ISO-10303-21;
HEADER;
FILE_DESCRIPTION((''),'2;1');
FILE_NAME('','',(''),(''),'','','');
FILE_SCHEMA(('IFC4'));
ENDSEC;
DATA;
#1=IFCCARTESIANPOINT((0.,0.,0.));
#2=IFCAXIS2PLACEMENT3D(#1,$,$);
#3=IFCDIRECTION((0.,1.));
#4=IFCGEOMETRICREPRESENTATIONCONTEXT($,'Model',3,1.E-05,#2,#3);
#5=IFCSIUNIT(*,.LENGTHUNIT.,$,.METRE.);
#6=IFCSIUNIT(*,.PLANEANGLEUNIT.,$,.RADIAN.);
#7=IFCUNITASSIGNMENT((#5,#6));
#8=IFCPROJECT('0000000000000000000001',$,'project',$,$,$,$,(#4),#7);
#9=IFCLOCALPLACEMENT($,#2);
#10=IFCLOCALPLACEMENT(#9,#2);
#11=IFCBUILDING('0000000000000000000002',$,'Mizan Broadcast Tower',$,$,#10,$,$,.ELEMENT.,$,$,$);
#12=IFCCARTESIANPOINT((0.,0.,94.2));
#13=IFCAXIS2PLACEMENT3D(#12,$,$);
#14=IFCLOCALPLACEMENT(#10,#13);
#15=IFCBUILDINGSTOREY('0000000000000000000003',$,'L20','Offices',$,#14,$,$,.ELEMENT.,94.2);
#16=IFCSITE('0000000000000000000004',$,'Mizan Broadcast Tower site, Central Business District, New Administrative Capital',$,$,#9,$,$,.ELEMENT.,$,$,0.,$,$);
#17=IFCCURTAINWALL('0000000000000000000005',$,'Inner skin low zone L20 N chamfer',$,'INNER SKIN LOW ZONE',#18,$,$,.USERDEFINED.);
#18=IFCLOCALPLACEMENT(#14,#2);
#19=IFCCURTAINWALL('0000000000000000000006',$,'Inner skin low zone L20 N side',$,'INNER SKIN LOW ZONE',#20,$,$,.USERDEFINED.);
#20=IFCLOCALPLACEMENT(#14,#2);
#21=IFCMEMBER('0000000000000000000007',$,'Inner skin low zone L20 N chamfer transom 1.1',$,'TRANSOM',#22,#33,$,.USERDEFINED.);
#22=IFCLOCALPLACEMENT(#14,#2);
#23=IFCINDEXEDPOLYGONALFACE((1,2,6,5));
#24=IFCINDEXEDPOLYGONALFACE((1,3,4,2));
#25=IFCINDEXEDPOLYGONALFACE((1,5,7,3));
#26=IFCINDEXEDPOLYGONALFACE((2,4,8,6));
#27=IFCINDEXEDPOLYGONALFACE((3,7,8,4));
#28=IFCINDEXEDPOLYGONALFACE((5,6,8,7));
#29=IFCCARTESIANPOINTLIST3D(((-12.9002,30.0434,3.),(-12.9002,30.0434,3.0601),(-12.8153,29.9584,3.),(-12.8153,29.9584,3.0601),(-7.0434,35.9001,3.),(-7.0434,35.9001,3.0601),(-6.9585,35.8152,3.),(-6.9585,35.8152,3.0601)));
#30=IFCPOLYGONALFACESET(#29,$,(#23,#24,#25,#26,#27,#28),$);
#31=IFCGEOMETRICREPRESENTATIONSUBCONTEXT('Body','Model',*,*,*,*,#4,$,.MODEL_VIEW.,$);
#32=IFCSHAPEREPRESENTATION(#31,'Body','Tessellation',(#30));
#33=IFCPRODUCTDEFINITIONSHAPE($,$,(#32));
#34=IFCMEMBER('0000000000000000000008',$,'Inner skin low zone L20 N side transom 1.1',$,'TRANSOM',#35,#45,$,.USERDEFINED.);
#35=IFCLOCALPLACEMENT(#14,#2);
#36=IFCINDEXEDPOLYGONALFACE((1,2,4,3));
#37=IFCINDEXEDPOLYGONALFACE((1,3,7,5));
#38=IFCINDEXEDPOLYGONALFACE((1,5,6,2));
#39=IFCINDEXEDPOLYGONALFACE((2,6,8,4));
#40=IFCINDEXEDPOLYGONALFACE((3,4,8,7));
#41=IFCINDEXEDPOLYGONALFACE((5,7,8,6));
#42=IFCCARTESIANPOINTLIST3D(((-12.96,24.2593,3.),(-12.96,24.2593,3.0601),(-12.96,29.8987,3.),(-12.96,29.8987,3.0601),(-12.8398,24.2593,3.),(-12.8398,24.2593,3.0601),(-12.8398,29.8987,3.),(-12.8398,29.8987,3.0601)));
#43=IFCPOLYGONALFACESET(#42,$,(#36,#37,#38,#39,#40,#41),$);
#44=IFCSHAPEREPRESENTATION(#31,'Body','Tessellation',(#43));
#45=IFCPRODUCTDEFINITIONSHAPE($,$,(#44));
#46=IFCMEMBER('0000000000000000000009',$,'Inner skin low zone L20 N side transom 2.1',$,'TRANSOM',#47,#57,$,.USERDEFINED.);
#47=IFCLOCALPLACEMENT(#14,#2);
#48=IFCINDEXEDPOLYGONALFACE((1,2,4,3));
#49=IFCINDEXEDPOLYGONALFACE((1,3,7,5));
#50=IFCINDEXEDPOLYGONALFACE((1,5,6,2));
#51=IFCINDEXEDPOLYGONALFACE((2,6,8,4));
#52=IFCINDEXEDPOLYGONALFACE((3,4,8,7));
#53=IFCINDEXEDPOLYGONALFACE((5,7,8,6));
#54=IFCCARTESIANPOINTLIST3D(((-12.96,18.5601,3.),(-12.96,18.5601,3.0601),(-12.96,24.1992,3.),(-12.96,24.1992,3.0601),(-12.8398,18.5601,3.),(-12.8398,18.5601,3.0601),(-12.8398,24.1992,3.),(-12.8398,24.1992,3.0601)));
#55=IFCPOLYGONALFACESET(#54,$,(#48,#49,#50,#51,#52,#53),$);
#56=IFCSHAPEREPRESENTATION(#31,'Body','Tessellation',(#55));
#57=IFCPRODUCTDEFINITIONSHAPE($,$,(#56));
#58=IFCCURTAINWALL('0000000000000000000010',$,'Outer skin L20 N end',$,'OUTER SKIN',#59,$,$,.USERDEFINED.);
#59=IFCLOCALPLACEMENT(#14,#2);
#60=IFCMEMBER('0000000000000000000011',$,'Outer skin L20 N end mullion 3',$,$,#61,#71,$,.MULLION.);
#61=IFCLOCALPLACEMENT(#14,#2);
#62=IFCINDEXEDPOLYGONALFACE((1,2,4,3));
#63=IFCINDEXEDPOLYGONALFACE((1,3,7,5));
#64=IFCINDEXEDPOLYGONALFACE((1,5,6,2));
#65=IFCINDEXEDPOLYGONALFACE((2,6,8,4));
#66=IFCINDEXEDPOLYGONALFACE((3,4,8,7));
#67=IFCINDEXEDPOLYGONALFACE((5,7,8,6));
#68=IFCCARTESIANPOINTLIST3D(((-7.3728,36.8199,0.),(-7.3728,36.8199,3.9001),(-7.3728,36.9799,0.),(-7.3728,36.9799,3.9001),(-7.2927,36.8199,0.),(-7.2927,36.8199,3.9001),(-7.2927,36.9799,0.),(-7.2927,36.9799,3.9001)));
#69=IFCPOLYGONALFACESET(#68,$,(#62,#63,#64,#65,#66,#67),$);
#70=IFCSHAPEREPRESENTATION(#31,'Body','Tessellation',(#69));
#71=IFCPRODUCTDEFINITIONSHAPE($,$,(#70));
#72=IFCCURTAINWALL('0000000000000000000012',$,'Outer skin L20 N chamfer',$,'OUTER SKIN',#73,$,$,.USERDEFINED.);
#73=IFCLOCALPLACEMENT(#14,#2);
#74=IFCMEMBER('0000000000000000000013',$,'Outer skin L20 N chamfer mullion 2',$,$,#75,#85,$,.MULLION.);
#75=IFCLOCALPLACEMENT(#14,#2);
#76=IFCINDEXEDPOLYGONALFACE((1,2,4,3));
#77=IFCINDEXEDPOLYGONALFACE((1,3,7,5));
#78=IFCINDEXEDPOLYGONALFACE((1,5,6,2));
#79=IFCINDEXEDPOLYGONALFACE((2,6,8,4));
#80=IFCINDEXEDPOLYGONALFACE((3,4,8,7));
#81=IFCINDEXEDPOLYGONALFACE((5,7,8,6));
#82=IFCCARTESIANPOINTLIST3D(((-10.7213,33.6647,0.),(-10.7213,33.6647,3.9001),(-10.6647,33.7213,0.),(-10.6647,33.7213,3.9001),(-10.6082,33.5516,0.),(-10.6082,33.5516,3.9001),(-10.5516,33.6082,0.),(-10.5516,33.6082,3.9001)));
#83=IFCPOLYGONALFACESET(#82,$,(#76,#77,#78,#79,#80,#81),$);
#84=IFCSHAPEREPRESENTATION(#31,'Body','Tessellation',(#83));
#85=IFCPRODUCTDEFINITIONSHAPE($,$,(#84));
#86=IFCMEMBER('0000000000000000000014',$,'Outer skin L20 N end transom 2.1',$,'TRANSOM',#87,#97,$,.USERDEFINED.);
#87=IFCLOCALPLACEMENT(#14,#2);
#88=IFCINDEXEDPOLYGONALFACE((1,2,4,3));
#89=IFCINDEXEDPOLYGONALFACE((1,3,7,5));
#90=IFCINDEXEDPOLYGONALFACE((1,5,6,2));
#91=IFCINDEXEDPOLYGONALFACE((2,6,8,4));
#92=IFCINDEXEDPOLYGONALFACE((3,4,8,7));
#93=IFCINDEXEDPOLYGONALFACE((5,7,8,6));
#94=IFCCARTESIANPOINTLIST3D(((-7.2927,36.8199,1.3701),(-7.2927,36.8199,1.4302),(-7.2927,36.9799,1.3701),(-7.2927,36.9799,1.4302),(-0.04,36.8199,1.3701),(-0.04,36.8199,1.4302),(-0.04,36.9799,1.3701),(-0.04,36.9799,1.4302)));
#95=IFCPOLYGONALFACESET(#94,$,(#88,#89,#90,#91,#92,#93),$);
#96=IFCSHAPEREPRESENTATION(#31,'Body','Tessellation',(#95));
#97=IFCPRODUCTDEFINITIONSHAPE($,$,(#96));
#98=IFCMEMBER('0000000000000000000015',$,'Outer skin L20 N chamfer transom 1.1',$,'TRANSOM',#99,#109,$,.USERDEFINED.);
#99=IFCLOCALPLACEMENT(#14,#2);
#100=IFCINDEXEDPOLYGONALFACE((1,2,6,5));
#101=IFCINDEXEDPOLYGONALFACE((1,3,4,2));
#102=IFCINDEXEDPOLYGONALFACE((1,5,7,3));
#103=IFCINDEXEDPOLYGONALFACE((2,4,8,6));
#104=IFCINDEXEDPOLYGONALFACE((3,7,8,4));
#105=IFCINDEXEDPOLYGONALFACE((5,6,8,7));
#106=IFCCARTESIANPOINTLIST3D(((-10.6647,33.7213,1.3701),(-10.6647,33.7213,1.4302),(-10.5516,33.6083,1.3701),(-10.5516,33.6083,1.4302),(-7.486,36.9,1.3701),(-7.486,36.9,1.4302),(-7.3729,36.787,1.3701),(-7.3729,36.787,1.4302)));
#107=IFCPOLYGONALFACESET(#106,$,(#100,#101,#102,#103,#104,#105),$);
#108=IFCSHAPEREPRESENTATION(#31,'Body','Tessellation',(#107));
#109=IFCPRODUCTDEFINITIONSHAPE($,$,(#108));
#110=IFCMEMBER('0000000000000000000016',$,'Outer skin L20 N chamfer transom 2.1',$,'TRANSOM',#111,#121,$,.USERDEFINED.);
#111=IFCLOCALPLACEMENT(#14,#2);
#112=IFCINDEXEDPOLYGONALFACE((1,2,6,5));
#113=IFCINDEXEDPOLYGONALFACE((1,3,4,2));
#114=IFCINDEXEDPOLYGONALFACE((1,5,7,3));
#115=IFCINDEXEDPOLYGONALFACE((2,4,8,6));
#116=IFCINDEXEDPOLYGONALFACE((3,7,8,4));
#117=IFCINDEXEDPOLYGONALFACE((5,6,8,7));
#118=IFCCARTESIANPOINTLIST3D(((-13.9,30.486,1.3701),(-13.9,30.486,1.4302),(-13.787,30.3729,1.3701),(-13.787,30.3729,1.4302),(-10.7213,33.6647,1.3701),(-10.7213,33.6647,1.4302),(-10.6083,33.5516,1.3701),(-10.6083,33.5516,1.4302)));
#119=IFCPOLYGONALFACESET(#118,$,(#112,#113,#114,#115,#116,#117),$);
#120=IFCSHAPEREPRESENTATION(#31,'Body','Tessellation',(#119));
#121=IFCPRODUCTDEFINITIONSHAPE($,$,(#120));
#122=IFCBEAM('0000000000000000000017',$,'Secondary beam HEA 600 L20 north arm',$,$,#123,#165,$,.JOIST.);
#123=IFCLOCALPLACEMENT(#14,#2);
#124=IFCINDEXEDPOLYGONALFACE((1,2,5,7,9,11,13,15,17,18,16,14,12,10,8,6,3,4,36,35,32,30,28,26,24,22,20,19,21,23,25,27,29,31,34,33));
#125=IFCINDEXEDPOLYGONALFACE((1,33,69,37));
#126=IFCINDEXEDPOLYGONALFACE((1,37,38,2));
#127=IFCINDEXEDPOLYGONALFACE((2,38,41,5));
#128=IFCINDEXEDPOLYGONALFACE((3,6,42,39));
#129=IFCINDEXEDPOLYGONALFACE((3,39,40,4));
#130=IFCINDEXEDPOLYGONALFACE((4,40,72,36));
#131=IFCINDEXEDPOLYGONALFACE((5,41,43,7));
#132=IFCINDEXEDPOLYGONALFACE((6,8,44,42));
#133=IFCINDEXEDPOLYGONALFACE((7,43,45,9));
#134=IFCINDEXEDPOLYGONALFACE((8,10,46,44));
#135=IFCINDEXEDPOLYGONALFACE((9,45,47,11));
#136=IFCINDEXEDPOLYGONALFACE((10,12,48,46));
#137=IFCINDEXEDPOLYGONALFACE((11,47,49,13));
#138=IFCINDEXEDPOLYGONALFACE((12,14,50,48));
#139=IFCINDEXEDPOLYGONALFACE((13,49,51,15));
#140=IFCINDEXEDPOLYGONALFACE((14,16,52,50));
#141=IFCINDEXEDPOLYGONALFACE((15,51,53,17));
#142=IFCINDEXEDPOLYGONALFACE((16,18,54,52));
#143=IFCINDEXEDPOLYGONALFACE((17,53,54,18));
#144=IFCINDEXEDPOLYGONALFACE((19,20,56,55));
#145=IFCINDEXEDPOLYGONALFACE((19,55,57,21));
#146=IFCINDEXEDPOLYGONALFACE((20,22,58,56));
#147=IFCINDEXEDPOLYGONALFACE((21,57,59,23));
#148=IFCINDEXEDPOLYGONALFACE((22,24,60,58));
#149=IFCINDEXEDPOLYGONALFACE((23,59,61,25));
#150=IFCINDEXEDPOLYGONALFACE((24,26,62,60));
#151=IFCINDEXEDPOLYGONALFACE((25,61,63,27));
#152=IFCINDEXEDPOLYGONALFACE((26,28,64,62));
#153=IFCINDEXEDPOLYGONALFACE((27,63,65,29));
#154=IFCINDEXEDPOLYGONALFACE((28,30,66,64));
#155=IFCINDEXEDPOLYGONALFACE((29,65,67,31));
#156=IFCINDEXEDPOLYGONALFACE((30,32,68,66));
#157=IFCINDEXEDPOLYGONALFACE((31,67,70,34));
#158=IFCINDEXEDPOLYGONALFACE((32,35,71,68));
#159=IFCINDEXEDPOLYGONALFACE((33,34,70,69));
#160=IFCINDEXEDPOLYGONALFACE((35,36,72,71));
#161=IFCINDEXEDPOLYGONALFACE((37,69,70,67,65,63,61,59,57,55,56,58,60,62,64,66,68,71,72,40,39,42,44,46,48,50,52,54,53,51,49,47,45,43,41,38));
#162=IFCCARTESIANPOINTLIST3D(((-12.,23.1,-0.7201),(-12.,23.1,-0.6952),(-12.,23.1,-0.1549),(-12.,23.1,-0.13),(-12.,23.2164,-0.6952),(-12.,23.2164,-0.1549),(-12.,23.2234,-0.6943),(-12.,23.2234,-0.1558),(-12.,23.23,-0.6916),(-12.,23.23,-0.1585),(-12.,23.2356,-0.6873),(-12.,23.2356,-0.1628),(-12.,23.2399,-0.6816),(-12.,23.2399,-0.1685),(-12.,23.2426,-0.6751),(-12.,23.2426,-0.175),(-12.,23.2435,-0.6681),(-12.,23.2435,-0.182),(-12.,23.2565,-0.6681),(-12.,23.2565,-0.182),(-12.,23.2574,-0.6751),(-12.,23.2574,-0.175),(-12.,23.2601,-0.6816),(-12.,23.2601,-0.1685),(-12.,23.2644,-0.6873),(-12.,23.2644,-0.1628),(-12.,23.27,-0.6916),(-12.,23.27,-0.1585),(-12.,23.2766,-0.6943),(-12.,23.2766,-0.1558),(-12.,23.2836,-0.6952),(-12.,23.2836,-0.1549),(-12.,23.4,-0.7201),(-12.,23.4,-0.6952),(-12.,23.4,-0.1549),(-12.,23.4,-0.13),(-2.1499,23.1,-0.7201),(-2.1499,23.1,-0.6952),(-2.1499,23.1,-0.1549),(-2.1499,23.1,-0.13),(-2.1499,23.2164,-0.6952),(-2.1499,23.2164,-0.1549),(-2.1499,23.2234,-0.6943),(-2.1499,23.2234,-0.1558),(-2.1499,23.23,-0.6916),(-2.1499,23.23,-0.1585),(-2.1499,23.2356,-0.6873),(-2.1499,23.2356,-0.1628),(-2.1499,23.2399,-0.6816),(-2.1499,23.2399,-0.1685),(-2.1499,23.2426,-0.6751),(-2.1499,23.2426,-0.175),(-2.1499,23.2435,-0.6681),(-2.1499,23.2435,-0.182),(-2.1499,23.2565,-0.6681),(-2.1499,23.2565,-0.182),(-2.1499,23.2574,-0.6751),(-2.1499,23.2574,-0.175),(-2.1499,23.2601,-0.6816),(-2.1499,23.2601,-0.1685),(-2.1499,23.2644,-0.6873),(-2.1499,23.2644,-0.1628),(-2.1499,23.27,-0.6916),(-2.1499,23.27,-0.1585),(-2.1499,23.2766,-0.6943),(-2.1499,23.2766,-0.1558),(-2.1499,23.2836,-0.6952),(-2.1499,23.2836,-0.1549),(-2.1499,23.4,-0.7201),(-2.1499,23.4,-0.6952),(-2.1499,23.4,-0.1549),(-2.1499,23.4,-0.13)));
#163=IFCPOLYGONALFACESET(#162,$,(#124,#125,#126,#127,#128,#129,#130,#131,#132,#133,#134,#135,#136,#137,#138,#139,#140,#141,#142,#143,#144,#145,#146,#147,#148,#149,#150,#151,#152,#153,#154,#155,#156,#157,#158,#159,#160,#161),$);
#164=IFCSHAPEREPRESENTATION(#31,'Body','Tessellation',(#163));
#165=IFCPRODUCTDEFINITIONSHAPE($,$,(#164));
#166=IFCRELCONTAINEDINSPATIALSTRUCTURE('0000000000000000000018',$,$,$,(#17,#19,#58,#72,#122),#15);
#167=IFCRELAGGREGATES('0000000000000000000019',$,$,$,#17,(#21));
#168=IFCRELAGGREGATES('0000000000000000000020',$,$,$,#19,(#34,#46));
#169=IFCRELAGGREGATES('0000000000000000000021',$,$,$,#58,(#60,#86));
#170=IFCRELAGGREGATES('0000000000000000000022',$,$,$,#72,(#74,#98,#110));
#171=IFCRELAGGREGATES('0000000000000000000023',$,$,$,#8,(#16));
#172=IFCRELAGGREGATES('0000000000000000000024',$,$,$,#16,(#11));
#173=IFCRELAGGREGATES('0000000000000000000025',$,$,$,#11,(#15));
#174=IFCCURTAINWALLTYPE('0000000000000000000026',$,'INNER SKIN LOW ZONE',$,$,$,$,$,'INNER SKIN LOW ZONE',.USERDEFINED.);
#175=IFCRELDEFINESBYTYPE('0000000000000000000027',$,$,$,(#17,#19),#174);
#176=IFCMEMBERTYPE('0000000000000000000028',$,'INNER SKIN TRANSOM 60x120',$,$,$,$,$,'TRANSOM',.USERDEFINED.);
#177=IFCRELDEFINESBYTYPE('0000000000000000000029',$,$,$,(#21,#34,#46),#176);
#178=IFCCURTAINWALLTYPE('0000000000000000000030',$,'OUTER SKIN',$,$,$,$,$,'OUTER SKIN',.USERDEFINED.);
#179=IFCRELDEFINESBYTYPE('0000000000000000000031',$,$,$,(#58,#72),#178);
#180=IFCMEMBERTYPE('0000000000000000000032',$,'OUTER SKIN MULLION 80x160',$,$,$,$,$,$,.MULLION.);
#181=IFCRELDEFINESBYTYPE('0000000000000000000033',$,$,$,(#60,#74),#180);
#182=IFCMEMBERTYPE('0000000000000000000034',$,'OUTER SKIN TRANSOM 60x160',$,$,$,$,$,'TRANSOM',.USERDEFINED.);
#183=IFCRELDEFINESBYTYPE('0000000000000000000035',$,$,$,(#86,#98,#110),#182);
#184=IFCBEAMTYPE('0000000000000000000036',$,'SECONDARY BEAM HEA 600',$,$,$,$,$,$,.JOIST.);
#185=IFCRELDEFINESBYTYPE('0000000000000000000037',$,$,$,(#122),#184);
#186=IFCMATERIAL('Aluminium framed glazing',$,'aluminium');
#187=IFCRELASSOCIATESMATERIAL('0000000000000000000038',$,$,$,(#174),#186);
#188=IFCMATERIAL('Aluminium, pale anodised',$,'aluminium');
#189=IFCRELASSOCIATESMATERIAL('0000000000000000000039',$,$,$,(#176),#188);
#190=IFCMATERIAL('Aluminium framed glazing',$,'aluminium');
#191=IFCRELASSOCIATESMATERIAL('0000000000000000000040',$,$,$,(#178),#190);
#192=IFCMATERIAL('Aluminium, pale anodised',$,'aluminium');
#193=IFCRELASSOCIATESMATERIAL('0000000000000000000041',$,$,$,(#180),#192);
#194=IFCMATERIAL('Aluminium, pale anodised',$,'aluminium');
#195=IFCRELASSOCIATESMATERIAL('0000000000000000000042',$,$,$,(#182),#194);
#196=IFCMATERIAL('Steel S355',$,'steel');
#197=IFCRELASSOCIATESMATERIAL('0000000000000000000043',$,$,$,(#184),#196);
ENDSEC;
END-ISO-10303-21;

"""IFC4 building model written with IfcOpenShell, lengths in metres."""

from ifc_helpers import new_model, si_unit, direction, frame, origin, origin_2d, place, context, subcontext, project, spatial, rectangle, i_section, extrude, material, material_profile, profile_set, type_object, element, aggregate, save


model = new_model("IFC4")

# Units and contexts
model_context = context("Model", 3, precision=1e-05, world=origin(), true_north=direction((0.0, 1.0)))
body_context = subcontext(model_context, "Body", "Model", "MODEL_VIEW")
ifc_project = project(units=[si_unit("LENGTHUNIT", "METRE"), si_unit("PLANEANGLEUNIT", "RADIAN")], contexts=[model_context])

# Site, building, storey
site_placement = place(None, origin())
site = spatial("IfcSite", under=ifc_project, at=site_placement, Name="Mizan Broadcast Tower site, Central Business District, New Administrative Capital", CompositionType="ELEMENT", RefElevation=0.0)
building_placement = place(site_placement, origin())
building = spatial("IfcBuilding", under=site, at=building_placement, Name="Mizan Broadcast Tower", CompositionType="ELEMENT")
storey_placement = place(building_placement, frame((0.0, 0.0, 94.2)))
storey = spatial("IfcBuildingStorey", under=building, at=storey_placement, Name="L20", Description="Offices", CompositionType="ELEMENT", Elevation=94.2)

# Curtain walls
ifc_material_1 = material(Name="Aluminium framed glazing", Category="aluminium")
curtain_wall_type_1 = type_object("IfcCurtainWallType", Name="INNER SKIN LOW ZONE", ElementType="INNER SKIN LOW ZONE", PredefinedType="USERDEFINED", material=ifc_material_1)
curtain_wall_1_placement = place(storey_placement, origin())
curtain_wall_1 = element("IfcCurtainWall", 1, at=curtain_wall_1_placement, inside=storey, type_object=curtain_wall_type_1, Name="Inner skin low zone L20 N chamfer", ObjectType="INNER SKIN LOW ZONE", PredefinedType="USERDEFINED")
curtain_wall_2_placement = place(storey_placement, origin())
curtain_wall_2 = element("IfcCurtainWall", 2, at=curtain_wall_2_placement, inside=storey, type_object=curtain_wall_type_1, Name="Inner skin low zone L20 N side", ObjectType="INNER SKIN LOW ZONE", PredefinedType="USERDEFINED")

# Members
ifc_material_2 = material(Name="Aluminium, pale anodised", Category="aluminium")
ifc_material_profile_1 = material_profile(ifc_material_2, rectangle(XDim=0.1201, YDim=0.0601, at=origin_2d()), Name="TRANSOM 120x60")
ifc_profile_set_1 = profile_set([ifc_material_profile_1], Name="Aluminium, pale anodised")
member_type_1 = type_object("IfcMemberType", Name="INNER SKIN TRANSOM 60x120", ElementType="TRANSOM", PredefinedType="USERDEFINED", material=ifc_profile_set_1)
member_1_placement = place(storey_placement, frame((-7.001, 35.8577, 3.03), z_axis=(-0.707107, -0.707107, 0.0), x_axis=(0.707107, -0.707107, 0.0)))
member_1 = element("IfcMember", 3, at=member_1_placement, type_object=member_type_1, Name="Inner skin low zone L20 N chamfer transom 1.1", ObjectType="TRANSOM", PredefinedType="USERDEFINED", context=body_context, shape_type="SweptSolid", body=[
    extrude(rectangle(XDim=0.1201, YDim=0.0601, at=origin_2d()), origin(), (0.0, 0.0, 1.0), 8.2827),
])
member_2_placement = place(storey_placement, frame((-12.8999, 29.8987, 3.03), z_axis=(0.0, -1.0, 0.0), x_axis=(1.0, 0.0, 0.0)))
member_2 = element("IfcMember", 4, at=member_2_placement, type_object=member_type_1, Name="Inner skin low zone L20 N side transom 1.1", ObjectType="TRANSOM", PredefinedType="USERDEFINED", context=body_context, shape_type="SweptSolid", body=[
    extrude(rectangle(XDim=0.1201, YDim=0.0601, at=origin_2d()), origin(), (0.0, 0.0, 1.0), 5.6394),
])
member_3_placement = place(storey_placement, frame((-12.8999, 24.1992, 3.03), z_axis=(0.0, -1.0, 0.0), x_axis=(1.0, 0.0, 0.0)))
member_3 = element("IfcMember", 5, at=member_3_placement, type_object=member_type_1, Name="Inner skin low zone L20 N side transom 2.1", ObjectType="TRANSOM", PredefinedType="USERDEFINED", context=body_context, shape_type="SweptSolid", body=[
    extrude(rectangle(XDim=0.1201, YDim=0.0601, at=origin_2d()), origin(), (0.0, 0.0, 1.0), 5.6392),
])

# Curtain walls, members
ifc_material_3 = material(Name="Aluminium framed glazing", Category="aluminium")
curtain_wall_type_2 = type_object("IfcCurtainWallType", Name="OUTER SKIN", ElementType="OUTER SKIN", PredefinedType="USERDEFINED", material=ifc_material_3)
curtain_wall_3_placement = place(storey_placement, origin())
curtain_wall_3 = element("IfcCurtainWall", 6, at=curtain_wall_3_placement, inside=storey, type_object=curtain_wall_type_2, Name="Outer skin L20 N end", ObjectType="OUTER SKIN", PredefinedType="USERDEFINED")
ifc_material_4 = material(Name="Aluminium, pale anodised", Category="aluminium")
ifc_material_profile_2 = material_profile(ifc_material_4, rectangle(XDim=0.1599, YDim=0.0801, at=origin_2d()), Name="MULLION 160x80")
ifc_profile_set_2 = profile_set([ifc_material_profile_2], Name="Aluminium, pale anodised")
member_type_2 = type_object("IfcMemberType", Name="OUTER SKIN MULLION 80x160", PredefinedType="MULLION", material=ifc_profile_set_2)
member_4_placement = place(storey_placement, frame((-7.3328, 36.8999, 0.0), z_axis=(0.0, 0.0, 1.0), x_axis=(0.0, -1.0, 0.0)))
member_4 = element("IfcMember", 7, at=member_4_placement, type_object=member_type_2, Name="Outer skin L20 N end mullion 3", PredefinedType="MULLION", context=body_context, shape_type="SweptSolid", body=[
    extrude(rectangle(XDim=0.1599, YDim=0.0801, at=origin_2d()), origin(), (0.0, 0.0, 1.0), 3.9001),
])
curtain_wall_4_placement = place(storey_placement, origin())
curtain_wall_4 = element("IfcCurtainWall", 8, at=curtain_wall_4_placement, inside=storey, type_object=curtain_wall_type_2, Name="Outer skin L20 N chamfer", ObjectType="OUTER SKIN", PredefinedType="USERDEFINED")
member_5_placement = place(storey_placement, frame((-10.6365, 33.6365, 0.0), z_axis=(0.0, 0.0, 1.0), x_axis=(0.707107, -0.707107, 0.0)))
member_5 = element("IfcMember", 9, at=member_5_placement, type_object=member_type_2, Name="Outer skin L20 N chamfer mullion 2", PredefinedType="MULLION", context=body_context, shape_type="SweptSolid", body=[
    extrude(rectangle(XDim=0.1599, YDim=0.0801, at=origin_2d()), origin(), (0.0, 0.0, 1.0), 3.9001),
])

# Members
ifc_material_5 = material(Name="Aluminium, pale anodised", Category="aluminium")
ifc_material_profile_3 = material_profile(ifc_material_5, rectangle(XDim=0.1599, YDim=0.0601, at=origin_2d()), Name="TRANSOM 160x60")
ifc_profile_set_3 = profile_set([ifc_material_profile_3], Name="Aluminium, pale anodised")
member_type_3 = type_object("IfcMemberType", Name="OUTER SKIN TRANSOM 60x160", ElementType="TRANSOM", PredefinedType="USERDEFINED", material=ifc_profile_set_3)
member_6_placement = place(storey_placement, frame((-0.04, 36.8999, 1.4001), z_axis=(-1.0, 0.0, 0.0), x_axis=(0.0, -1.0, 0.0)))
member_6 = element("IfcMember", 10, at=member_6_placement, type_object=member_type_3, Name="Outer skin L20 N end transom 2.1", ObjectType="TRANSOM", PredefinedType="USERDEFINED", context=body_context, shape_type="SweptSolid", body=[
    extrude(rectangle(XDim=0.1599, YDim=0.0601, at=origin_2d()), origin(), (0.0, 0.0, 1.0), 7.2527),
])
member_7_placement = place(storey_placement, frame((-7.4294, 36.8435, 1.4001), z_axis=(-0.707107, -0.707107, 0.0), x_axis=(0.707107, -0.707107, 0.0)))
member_7 = element("IfcMember", 11, at=member_7_placement, type_object=member_type_3, Name="Outer skin L20 N chamfer transom 1.1", ObjectType="TRANSOM", PredefinedType="USERDEFINED", context=body_context, shape_type="SweptSolid", body=[
    extrude(rectangle(XDim=0.1599, YDim=0.0601, at=origin_2d()), origin(), (0.0, 0.0, 1.0), 4.4954),
])
member_8_placement = place(storey_placement, frame((-10.6648, 33.6082, 1.4001), z_axis=(-0.707107, -0.707107, 0.0), x_axis=(0.707107, -0.707107, 0.0)))
member_8 = element("IfcMember", 12, at=member_8_placement, type_object=member_type_3, Name="Outer skin L20 N chamfer transom 2.1", ObjectType="TRANSOM", PredefinedType="USERDEFINED", context=body_context, shape_type="SweptSolid", body=[
    extrude(rectangle(XDim=0.1599, YDim=0.0601, at=origin_2d()), origin(), (0.0, 0.0, 1.0), 4.4954),
])

# Beam
ifc_material_6 = material(Name="Steel S355", Category="steel")
ifc_material_profile_4 = material_profile(ifc_material_6, i_section(OverallWidth=0.3, OverallDepth=0.5901, WebThickness=0.0129, FlangeThickness=0.0249, FilletRadius=0.0271, at=origin_2d()), Name="HEA 600")
ifc_profile_set_4 = profile_set([ifc_material_profile_4], Name="Steel S355")
beam_type_1 = type_object("IfcBeamType", Name="SECONDARY BEAM HEA 600", PredefinedType="JOIST", material=ifc_profile_set_4)
beam_1_placement = place(storey_placement, frame((-12.0, 23.25, -0.425), z_axis=(1.0, 0.0, 0.0), x_axis=(0.0, 1.0, 0.0)))
element("IfcBeam", 13, at=beam_1_placement, inside=storey, type_object=beam_type_1, Name="Secondary beam HEA 600 L20 north arm", PredefinedType="JOIST", context=body_context, shape_type="SweptSolid", body=[
    extrude(i_section(OverallWidth=0.3, OverallDepth=0.5901, WebThickness=0.0129, FlangeThickness=0.0249, FilletRadius=0.0271, at=origin_2d()), origin(), (0.0, 0.0, 1.0), 9.8501),
])

aggregate(curtain_wall_1, [member_1])
aggregate(curtain_wall_2, [member_2, member_3])
aggregate(curtain_wall_3, [member_4, member_6])
aggregate(curtain_wall_4, [member_5, member_7, member_8])

save(model, "model.ifc")
